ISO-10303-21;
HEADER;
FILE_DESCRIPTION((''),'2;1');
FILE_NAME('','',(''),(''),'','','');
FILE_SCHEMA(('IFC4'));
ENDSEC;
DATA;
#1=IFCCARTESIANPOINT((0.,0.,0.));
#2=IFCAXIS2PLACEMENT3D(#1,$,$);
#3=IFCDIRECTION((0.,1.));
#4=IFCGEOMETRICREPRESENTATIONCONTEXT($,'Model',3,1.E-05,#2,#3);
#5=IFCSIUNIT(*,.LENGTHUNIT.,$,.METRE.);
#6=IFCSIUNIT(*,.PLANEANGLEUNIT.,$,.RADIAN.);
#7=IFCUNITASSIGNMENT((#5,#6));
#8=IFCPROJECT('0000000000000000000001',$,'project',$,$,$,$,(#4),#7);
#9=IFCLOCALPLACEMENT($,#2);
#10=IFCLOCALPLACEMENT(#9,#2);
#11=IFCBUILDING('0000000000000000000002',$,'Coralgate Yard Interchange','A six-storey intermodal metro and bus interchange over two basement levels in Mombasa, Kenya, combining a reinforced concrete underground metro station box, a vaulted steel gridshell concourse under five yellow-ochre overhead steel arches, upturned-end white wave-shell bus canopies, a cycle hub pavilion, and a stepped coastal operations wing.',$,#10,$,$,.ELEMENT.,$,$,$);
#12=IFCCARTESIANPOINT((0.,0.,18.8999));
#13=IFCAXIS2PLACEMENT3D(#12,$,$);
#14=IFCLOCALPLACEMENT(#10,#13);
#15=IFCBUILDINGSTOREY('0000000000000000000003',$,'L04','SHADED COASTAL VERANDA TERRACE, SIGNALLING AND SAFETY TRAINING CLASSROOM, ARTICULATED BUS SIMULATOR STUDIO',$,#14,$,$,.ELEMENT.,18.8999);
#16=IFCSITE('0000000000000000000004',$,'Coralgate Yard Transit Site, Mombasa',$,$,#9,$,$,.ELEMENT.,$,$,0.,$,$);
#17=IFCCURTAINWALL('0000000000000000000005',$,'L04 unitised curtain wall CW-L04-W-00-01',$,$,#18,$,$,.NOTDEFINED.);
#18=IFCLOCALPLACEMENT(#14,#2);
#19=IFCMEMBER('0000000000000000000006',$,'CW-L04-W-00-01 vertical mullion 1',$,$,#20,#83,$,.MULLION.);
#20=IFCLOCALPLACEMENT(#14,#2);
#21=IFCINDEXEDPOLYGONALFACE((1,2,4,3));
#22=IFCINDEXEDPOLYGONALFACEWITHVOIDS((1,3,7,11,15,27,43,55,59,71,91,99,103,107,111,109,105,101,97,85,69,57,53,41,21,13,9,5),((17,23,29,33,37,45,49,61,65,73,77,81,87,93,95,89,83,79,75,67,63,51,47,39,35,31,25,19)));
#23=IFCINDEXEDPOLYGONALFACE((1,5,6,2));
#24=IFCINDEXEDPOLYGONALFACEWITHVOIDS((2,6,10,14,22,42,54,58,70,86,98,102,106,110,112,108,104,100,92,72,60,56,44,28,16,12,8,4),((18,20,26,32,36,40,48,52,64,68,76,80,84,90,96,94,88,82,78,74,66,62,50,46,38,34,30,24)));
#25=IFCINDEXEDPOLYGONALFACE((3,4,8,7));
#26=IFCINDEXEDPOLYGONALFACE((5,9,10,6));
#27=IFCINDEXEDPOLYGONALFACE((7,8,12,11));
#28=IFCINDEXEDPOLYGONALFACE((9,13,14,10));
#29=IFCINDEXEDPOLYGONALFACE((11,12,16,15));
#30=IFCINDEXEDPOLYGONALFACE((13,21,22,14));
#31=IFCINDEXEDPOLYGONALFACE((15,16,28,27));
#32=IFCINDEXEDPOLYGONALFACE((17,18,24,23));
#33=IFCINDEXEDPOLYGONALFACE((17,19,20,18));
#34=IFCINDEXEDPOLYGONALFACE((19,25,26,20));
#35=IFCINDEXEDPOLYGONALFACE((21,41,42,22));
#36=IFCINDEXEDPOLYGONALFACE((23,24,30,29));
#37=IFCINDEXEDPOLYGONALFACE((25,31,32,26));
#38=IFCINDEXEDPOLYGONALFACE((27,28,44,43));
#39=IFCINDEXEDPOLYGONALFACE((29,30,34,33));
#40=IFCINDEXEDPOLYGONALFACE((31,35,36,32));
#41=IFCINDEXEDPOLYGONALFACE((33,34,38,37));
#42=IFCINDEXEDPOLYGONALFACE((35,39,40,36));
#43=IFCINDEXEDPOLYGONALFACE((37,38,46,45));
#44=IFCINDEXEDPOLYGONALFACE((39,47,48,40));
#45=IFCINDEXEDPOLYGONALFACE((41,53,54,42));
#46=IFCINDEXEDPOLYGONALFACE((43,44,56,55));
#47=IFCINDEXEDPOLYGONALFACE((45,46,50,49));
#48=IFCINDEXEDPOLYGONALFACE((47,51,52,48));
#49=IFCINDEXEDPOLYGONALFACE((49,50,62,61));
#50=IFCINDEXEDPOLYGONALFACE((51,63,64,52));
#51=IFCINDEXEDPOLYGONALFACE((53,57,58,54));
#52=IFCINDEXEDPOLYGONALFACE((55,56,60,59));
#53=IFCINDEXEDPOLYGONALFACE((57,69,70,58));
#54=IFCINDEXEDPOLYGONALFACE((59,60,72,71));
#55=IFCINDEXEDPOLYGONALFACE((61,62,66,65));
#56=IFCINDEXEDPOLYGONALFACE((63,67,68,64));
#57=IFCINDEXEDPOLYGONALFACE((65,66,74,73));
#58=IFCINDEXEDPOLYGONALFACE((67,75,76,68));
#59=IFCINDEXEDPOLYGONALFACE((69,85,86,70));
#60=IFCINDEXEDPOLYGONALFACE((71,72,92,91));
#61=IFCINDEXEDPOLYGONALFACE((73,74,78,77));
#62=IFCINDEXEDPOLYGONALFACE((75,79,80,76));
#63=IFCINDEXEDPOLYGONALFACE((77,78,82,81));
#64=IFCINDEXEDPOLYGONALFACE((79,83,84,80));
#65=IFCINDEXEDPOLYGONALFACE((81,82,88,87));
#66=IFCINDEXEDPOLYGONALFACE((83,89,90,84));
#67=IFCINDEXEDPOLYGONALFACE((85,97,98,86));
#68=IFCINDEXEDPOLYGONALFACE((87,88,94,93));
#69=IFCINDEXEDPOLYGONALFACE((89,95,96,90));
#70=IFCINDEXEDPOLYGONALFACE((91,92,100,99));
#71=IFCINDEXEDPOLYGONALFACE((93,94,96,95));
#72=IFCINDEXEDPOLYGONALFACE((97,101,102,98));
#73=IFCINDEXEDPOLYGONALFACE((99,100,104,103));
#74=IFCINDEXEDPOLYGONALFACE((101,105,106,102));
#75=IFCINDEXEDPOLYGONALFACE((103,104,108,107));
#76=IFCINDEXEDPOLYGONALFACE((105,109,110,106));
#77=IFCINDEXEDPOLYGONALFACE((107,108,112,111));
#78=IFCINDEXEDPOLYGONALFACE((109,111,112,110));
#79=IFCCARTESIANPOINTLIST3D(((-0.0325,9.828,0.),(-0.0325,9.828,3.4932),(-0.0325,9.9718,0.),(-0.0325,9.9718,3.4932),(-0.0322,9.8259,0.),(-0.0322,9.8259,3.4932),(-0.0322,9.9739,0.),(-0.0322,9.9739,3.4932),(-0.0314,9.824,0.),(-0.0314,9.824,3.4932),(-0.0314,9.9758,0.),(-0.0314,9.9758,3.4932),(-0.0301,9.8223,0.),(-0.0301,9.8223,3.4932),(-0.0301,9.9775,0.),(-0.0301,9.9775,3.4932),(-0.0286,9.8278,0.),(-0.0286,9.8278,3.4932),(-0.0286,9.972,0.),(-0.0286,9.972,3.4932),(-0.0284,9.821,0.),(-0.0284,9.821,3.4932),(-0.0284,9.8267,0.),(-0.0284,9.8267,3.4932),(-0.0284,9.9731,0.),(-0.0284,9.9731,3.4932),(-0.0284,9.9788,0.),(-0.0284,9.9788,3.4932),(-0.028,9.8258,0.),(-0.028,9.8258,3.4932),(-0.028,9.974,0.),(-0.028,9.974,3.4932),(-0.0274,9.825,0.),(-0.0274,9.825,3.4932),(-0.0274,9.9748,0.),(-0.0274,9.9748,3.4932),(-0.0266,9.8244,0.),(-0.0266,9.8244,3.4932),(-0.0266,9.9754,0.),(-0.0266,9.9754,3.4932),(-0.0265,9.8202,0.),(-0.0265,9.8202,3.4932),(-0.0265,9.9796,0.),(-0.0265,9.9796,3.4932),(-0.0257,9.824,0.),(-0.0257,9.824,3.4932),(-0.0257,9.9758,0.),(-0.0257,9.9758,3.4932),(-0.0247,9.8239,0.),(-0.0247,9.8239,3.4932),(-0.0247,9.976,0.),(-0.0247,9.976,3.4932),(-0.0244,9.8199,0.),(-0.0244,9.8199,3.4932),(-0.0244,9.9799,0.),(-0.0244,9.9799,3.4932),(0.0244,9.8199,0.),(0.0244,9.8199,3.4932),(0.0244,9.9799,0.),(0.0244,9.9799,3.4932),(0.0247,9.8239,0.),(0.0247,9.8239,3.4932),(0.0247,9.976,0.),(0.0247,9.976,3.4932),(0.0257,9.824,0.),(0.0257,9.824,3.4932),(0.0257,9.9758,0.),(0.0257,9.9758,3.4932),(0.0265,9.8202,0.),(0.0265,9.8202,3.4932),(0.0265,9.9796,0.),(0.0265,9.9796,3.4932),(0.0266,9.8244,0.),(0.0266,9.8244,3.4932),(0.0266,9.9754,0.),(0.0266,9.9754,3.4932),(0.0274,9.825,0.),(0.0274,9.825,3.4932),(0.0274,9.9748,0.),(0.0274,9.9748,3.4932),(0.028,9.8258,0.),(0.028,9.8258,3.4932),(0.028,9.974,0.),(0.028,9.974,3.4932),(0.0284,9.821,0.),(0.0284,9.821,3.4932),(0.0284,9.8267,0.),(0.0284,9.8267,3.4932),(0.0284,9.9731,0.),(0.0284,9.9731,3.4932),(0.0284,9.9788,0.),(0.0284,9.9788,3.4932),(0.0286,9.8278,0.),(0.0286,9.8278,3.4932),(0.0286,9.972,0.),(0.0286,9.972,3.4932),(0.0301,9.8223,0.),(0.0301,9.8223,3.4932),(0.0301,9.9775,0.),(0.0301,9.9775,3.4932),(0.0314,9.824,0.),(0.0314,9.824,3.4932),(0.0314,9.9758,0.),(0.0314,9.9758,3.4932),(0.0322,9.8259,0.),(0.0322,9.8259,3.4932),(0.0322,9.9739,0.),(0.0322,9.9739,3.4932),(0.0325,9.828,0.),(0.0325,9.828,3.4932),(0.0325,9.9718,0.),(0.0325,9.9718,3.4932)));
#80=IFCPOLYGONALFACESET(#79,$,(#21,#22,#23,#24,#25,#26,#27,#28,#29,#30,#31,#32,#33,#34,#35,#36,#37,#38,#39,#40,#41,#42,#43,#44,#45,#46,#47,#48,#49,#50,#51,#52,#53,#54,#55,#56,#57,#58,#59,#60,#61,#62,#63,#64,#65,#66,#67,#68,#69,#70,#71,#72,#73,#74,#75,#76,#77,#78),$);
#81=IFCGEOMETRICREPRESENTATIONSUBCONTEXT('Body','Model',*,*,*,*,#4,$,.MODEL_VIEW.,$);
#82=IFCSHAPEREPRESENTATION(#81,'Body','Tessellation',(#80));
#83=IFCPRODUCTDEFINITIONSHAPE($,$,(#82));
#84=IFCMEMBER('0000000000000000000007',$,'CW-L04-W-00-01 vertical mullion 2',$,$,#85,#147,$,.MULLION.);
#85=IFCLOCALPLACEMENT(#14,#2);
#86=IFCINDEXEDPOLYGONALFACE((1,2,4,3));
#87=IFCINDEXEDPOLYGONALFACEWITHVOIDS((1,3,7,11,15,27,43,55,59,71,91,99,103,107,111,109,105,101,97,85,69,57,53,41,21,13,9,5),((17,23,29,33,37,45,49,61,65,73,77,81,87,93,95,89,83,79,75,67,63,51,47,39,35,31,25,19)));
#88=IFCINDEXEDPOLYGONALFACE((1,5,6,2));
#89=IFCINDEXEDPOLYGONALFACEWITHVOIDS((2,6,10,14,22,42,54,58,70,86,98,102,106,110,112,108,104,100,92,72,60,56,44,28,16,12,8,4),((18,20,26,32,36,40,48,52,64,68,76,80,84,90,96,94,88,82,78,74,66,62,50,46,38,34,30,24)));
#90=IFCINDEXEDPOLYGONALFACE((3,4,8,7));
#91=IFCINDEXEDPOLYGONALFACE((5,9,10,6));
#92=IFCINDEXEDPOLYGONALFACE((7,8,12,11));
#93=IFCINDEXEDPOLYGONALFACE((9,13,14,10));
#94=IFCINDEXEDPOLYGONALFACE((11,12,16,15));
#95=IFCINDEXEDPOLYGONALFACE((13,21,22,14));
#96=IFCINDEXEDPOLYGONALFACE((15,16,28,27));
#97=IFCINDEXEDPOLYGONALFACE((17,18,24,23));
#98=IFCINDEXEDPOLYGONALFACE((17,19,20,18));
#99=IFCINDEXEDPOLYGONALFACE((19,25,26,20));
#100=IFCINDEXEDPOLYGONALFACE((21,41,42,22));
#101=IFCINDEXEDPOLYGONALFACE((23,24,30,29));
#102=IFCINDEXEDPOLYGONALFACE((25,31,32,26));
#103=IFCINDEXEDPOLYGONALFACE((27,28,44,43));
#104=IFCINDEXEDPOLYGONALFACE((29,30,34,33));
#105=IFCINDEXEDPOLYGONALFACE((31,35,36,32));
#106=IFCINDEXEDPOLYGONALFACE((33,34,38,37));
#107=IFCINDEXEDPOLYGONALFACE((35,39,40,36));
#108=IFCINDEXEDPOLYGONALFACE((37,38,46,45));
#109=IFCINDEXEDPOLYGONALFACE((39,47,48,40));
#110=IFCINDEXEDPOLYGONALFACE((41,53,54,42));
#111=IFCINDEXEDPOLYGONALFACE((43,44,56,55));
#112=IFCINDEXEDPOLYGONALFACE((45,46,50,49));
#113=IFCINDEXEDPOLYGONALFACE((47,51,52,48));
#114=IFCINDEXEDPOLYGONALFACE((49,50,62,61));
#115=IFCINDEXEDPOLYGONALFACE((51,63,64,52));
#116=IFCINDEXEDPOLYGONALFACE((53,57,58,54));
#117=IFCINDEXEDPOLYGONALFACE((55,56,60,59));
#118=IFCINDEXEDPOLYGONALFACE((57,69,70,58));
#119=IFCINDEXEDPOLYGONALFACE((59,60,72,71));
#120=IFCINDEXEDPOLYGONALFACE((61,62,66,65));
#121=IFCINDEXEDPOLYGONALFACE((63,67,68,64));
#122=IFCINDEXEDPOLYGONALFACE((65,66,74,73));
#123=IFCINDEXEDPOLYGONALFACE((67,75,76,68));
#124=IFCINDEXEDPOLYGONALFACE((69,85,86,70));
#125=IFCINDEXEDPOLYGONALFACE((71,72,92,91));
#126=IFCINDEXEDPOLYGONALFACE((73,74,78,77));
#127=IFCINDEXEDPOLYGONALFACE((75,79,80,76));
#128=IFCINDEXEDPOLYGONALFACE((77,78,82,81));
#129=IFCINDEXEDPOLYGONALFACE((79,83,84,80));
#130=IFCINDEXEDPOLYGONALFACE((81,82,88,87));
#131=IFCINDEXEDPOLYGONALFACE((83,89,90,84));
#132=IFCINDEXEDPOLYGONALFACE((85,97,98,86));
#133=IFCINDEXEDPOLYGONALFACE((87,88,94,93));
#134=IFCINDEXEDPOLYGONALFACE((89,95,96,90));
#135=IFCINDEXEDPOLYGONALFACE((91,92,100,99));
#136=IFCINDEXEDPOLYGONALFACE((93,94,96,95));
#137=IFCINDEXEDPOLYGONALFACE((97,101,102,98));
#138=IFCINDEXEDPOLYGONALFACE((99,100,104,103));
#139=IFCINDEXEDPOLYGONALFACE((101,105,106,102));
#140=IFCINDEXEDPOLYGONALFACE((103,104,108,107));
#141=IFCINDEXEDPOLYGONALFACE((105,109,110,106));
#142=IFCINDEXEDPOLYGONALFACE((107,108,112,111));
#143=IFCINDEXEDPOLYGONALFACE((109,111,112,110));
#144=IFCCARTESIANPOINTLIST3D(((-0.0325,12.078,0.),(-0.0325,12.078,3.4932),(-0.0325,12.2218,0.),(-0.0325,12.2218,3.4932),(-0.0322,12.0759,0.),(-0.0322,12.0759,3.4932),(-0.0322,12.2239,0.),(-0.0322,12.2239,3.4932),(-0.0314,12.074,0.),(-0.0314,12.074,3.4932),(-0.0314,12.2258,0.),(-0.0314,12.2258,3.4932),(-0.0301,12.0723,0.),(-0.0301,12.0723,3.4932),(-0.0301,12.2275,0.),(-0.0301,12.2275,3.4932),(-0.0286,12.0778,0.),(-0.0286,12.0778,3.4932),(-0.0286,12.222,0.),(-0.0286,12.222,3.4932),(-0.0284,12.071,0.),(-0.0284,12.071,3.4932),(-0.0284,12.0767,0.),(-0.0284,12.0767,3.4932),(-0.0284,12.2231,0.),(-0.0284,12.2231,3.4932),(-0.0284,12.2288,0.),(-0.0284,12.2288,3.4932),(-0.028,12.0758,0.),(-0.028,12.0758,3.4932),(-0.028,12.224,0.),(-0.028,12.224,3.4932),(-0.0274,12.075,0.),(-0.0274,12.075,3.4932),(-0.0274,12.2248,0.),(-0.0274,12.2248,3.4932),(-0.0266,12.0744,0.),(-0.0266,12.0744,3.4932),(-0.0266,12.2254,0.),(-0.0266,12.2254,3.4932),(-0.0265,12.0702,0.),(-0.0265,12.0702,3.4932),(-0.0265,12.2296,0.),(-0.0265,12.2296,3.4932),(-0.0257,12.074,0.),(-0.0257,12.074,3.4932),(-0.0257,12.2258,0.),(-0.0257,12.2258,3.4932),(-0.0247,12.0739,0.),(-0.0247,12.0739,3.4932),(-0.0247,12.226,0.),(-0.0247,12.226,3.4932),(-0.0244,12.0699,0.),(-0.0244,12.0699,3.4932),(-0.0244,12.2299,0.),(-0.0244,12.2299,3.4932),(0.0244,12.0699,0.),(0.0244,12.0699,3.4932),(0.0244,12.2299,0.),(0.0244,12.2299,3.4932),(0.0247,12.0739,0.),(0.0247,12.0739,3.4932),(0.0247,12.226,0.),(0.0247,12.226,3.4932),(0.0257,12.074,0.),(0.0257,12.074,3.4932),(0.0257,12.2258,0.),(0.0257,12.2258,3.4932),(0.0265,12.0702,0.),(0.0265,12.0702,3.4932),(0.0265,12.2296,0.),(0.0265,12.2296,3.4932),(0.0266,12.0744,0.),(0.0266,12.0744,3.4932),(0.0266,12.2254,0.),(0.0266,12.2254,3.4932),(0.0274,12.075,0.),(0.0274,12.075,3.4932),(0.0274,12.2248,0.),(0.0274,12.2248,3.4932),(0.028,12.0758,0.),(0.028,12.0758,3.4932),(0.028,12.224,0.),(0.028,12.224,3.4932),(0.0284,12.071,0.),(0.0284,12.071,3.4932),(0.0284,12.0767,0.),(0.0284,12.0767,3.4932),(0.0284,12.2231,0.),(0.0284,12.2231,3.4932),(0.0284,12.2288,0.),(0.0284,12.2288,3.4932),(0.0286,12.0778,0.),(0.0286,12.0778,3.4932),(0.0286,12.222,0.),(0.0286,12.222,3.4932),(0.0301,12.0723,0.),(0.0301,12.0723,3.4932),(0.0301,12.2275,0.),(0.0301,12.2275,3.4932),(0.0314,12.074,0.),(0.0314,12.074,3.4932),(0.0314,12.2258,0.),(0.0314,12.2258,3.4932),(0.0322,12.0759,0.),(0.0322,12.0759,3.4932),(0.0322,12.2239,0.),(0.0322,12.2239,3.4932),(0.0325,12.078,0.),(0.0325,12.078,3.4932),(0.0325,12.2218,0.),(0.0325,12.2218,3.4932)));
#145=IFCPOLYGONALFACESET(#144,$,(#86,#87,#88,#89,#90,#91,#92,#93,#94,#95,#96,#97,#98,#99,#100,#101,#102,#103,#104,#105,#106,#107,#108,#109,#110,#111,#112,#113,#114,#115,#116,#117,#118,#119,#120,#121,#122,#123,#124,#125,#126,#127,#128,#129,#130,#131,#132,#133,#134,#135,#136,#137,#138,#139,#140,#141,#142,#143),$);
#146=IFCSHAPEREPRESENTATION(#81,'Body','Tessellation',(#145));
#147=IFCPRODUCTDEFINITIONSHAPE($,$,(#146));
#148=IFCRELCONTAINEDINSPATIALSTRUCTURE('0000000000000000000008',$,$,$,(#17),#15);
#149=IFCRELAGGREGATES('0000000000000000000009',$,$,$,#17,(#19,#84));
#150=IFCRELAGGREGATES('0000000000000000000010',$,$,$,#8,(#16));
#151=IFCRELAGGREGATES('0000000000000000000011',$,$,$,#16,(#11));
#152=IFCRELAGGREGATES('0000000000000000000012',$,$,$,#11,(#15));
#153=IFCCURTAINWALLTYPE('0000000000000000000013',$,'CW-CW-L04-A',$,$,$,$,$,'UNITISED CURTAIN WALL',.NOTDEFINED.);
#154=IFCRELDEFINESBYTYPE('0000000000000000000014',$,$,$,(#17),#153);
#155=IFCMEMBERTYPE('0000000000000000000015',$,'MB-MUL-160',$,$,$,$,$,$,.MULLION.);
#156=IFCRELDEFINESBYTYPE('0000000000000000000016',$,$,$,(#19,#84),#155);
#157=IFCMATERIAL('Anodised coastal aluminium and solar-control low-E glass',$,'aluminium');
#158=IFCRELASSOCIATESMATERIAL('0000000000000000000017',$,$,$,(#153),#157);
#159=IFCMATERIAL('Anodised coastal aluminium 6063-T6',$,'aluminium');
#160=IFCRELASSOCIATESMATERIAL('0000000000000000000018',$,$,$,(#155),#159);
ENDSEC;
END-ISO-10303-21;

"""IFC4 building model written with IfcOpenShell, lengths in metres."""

from ifc_helpers import new_model, si_unit, direction, frame, origin, origin_2d, place, context, subcontext, project, spatial, hollow_rectangle, extrude, material, material_profile, profile_set, type_object, element, aggregate, save


model = new_model("IFC4")

# Units and contexts
model_context = context("Model", 3, precision=1e-05, world=origin(), true_north=direction((0.0, 1.0)))
body_context = subcontext(model_context, "Body", "Model", "MODEL_VIEW")
ifc_project = project(units=[si_unit("LENGTHUNIT", "METRE"), si_unit("PLANEANGLEUNIT", "RADIAN")], contexts=[model_context])

# Site, building, storey
site_placement = place(None, origin())
site = spatial("IfcSite", under=ifc_project, at=site_placement, Name="Coralgate Yard Transit Site, Mombasa", CompositionType="ELEMENT", RefElevation=0.0)
building_placement = place(site_placement, origin())
building = spatial("IfcBuilding", under=site, at=building_placement, Name="Coralgate Yard Interchange", Description="A six-storey intermodal metro and bus interchange over two basement levels in Mombasa, Kenya, combining a reinforced concrete underground metro station box, a vaulted steel gridshell concourse under five yellow-ochre overhead steel arches, upturned-end white wave-shell bus canopies, a cycle hub pavilion, and a stepped coastal operations wing.", CompositionType="ELEMENT")
storey_placement = place(building_placement, frame((0.0, 0.0, 18.8999)))
storey = spatial("IfcBuildingStorey", under=building, at=storey_placement, Name="L04", Description="SHADED COASTAL VERANDA TERRACE, SIGNALLING AND SAFETY TRAINING CLASSROOM, ARTICULATED BUS SIMULATOR STUDIO", CompositionType="ELEMENT", Elevation=18.8999)

# Curtain wall, members
ifc_material_1 = material(Name="Anodised coastal aluminium and solar-control low-E glass", Category="aluminium")
curtain_wall_type = type_object("IfcCurtainWallType", Name="CW-CW-L04-A", ElementType="UNITISED CURTAIN WALL", PredefinedType="NOTDEFINED", material=ifc_material_1)
curtain_wall_placement = place(storey_placement, origin())
curtain_wall = element("IfcCurtainWall", 1, at=curtain_wall_placement, inside=storey, type_object=curtain_wall_type, Name="L04 unitised curtain wall CW-L04-W-00-01", PredefinedType="NOTDEFINED")
ifc_material_2 = material(Name="Anodised coastal aluminium 6063-T6", Category="aluminium")
ifc_material_profile_1 = material_profile(ifc_material_2, hollow_rectangle(XDim=0.0649, YDim=0.1599, WallThickness=0.0039, InnerFilletRadius=0.0039, OuterFilletRadius=0.0081, at=origin_2d()), Name="ALU 65x160x4")
ifc_profile_set_1 = profile_set([ifc_material_profile_1], Name="Anodised coastal aluminium 6063-T6")
member_type_1 = type_object("IfcMemberType", Name="MB-MUL-160", PredefinedType="MULLION", material=ifc_profile_set_1)
member_1_placement = place(storey_placement, frame((0.0, 9.8999, 0.0), z_axis=(0.0, 0.0, 1.0), x_axis=(1.0, 0.0, 0.0)))
member_1 = element("IfcMember", 2, at=member_1_placement, type_object=member_type_1, Name="CW-L04-W-00-01 vertical mullion 1", PredefinedType="MULLION", context=body_context, shape_type="SweptSolid", body=[
    extrude(hollow_rectangle(XDim=0.0649, YDim=0.1599, WallThickness=0.0039, InnerFilletRadius=0.0039, OuterFilletRadius=0.0081, at=origin_2d()), origin(), (0.0, 0.0, 1.0), 3.4932),
])
member_2_placement = place(storey_placement, frame((0.0, 12.1499, 0.0), z_axis=(0.0, 0.0, 1.0), x_axis=(1.0, 0.0, 0.0)))
member_2 = element("IfcMember", 3, at=member_2_placement, type_object=member_type_1, Name="CW-L04-W-00-01 vertical mullion 2", PredefinedType="MULLION", context=body_context, shape_type="SweptSolid", body=[
    extrude(hollow_rectangle(XDim=0.0649, YDim=0.1599, WallThickness=0.0039, InnerFilletRadius=0.0039, OuterFilletRadius=0.0081, at=origin_2d()), origin(), (0.0, 0.0, 1.0), 3.4932),
])
aggregate(curtain_wall, [member_1, member_2])

save(model, "model.ifc")
